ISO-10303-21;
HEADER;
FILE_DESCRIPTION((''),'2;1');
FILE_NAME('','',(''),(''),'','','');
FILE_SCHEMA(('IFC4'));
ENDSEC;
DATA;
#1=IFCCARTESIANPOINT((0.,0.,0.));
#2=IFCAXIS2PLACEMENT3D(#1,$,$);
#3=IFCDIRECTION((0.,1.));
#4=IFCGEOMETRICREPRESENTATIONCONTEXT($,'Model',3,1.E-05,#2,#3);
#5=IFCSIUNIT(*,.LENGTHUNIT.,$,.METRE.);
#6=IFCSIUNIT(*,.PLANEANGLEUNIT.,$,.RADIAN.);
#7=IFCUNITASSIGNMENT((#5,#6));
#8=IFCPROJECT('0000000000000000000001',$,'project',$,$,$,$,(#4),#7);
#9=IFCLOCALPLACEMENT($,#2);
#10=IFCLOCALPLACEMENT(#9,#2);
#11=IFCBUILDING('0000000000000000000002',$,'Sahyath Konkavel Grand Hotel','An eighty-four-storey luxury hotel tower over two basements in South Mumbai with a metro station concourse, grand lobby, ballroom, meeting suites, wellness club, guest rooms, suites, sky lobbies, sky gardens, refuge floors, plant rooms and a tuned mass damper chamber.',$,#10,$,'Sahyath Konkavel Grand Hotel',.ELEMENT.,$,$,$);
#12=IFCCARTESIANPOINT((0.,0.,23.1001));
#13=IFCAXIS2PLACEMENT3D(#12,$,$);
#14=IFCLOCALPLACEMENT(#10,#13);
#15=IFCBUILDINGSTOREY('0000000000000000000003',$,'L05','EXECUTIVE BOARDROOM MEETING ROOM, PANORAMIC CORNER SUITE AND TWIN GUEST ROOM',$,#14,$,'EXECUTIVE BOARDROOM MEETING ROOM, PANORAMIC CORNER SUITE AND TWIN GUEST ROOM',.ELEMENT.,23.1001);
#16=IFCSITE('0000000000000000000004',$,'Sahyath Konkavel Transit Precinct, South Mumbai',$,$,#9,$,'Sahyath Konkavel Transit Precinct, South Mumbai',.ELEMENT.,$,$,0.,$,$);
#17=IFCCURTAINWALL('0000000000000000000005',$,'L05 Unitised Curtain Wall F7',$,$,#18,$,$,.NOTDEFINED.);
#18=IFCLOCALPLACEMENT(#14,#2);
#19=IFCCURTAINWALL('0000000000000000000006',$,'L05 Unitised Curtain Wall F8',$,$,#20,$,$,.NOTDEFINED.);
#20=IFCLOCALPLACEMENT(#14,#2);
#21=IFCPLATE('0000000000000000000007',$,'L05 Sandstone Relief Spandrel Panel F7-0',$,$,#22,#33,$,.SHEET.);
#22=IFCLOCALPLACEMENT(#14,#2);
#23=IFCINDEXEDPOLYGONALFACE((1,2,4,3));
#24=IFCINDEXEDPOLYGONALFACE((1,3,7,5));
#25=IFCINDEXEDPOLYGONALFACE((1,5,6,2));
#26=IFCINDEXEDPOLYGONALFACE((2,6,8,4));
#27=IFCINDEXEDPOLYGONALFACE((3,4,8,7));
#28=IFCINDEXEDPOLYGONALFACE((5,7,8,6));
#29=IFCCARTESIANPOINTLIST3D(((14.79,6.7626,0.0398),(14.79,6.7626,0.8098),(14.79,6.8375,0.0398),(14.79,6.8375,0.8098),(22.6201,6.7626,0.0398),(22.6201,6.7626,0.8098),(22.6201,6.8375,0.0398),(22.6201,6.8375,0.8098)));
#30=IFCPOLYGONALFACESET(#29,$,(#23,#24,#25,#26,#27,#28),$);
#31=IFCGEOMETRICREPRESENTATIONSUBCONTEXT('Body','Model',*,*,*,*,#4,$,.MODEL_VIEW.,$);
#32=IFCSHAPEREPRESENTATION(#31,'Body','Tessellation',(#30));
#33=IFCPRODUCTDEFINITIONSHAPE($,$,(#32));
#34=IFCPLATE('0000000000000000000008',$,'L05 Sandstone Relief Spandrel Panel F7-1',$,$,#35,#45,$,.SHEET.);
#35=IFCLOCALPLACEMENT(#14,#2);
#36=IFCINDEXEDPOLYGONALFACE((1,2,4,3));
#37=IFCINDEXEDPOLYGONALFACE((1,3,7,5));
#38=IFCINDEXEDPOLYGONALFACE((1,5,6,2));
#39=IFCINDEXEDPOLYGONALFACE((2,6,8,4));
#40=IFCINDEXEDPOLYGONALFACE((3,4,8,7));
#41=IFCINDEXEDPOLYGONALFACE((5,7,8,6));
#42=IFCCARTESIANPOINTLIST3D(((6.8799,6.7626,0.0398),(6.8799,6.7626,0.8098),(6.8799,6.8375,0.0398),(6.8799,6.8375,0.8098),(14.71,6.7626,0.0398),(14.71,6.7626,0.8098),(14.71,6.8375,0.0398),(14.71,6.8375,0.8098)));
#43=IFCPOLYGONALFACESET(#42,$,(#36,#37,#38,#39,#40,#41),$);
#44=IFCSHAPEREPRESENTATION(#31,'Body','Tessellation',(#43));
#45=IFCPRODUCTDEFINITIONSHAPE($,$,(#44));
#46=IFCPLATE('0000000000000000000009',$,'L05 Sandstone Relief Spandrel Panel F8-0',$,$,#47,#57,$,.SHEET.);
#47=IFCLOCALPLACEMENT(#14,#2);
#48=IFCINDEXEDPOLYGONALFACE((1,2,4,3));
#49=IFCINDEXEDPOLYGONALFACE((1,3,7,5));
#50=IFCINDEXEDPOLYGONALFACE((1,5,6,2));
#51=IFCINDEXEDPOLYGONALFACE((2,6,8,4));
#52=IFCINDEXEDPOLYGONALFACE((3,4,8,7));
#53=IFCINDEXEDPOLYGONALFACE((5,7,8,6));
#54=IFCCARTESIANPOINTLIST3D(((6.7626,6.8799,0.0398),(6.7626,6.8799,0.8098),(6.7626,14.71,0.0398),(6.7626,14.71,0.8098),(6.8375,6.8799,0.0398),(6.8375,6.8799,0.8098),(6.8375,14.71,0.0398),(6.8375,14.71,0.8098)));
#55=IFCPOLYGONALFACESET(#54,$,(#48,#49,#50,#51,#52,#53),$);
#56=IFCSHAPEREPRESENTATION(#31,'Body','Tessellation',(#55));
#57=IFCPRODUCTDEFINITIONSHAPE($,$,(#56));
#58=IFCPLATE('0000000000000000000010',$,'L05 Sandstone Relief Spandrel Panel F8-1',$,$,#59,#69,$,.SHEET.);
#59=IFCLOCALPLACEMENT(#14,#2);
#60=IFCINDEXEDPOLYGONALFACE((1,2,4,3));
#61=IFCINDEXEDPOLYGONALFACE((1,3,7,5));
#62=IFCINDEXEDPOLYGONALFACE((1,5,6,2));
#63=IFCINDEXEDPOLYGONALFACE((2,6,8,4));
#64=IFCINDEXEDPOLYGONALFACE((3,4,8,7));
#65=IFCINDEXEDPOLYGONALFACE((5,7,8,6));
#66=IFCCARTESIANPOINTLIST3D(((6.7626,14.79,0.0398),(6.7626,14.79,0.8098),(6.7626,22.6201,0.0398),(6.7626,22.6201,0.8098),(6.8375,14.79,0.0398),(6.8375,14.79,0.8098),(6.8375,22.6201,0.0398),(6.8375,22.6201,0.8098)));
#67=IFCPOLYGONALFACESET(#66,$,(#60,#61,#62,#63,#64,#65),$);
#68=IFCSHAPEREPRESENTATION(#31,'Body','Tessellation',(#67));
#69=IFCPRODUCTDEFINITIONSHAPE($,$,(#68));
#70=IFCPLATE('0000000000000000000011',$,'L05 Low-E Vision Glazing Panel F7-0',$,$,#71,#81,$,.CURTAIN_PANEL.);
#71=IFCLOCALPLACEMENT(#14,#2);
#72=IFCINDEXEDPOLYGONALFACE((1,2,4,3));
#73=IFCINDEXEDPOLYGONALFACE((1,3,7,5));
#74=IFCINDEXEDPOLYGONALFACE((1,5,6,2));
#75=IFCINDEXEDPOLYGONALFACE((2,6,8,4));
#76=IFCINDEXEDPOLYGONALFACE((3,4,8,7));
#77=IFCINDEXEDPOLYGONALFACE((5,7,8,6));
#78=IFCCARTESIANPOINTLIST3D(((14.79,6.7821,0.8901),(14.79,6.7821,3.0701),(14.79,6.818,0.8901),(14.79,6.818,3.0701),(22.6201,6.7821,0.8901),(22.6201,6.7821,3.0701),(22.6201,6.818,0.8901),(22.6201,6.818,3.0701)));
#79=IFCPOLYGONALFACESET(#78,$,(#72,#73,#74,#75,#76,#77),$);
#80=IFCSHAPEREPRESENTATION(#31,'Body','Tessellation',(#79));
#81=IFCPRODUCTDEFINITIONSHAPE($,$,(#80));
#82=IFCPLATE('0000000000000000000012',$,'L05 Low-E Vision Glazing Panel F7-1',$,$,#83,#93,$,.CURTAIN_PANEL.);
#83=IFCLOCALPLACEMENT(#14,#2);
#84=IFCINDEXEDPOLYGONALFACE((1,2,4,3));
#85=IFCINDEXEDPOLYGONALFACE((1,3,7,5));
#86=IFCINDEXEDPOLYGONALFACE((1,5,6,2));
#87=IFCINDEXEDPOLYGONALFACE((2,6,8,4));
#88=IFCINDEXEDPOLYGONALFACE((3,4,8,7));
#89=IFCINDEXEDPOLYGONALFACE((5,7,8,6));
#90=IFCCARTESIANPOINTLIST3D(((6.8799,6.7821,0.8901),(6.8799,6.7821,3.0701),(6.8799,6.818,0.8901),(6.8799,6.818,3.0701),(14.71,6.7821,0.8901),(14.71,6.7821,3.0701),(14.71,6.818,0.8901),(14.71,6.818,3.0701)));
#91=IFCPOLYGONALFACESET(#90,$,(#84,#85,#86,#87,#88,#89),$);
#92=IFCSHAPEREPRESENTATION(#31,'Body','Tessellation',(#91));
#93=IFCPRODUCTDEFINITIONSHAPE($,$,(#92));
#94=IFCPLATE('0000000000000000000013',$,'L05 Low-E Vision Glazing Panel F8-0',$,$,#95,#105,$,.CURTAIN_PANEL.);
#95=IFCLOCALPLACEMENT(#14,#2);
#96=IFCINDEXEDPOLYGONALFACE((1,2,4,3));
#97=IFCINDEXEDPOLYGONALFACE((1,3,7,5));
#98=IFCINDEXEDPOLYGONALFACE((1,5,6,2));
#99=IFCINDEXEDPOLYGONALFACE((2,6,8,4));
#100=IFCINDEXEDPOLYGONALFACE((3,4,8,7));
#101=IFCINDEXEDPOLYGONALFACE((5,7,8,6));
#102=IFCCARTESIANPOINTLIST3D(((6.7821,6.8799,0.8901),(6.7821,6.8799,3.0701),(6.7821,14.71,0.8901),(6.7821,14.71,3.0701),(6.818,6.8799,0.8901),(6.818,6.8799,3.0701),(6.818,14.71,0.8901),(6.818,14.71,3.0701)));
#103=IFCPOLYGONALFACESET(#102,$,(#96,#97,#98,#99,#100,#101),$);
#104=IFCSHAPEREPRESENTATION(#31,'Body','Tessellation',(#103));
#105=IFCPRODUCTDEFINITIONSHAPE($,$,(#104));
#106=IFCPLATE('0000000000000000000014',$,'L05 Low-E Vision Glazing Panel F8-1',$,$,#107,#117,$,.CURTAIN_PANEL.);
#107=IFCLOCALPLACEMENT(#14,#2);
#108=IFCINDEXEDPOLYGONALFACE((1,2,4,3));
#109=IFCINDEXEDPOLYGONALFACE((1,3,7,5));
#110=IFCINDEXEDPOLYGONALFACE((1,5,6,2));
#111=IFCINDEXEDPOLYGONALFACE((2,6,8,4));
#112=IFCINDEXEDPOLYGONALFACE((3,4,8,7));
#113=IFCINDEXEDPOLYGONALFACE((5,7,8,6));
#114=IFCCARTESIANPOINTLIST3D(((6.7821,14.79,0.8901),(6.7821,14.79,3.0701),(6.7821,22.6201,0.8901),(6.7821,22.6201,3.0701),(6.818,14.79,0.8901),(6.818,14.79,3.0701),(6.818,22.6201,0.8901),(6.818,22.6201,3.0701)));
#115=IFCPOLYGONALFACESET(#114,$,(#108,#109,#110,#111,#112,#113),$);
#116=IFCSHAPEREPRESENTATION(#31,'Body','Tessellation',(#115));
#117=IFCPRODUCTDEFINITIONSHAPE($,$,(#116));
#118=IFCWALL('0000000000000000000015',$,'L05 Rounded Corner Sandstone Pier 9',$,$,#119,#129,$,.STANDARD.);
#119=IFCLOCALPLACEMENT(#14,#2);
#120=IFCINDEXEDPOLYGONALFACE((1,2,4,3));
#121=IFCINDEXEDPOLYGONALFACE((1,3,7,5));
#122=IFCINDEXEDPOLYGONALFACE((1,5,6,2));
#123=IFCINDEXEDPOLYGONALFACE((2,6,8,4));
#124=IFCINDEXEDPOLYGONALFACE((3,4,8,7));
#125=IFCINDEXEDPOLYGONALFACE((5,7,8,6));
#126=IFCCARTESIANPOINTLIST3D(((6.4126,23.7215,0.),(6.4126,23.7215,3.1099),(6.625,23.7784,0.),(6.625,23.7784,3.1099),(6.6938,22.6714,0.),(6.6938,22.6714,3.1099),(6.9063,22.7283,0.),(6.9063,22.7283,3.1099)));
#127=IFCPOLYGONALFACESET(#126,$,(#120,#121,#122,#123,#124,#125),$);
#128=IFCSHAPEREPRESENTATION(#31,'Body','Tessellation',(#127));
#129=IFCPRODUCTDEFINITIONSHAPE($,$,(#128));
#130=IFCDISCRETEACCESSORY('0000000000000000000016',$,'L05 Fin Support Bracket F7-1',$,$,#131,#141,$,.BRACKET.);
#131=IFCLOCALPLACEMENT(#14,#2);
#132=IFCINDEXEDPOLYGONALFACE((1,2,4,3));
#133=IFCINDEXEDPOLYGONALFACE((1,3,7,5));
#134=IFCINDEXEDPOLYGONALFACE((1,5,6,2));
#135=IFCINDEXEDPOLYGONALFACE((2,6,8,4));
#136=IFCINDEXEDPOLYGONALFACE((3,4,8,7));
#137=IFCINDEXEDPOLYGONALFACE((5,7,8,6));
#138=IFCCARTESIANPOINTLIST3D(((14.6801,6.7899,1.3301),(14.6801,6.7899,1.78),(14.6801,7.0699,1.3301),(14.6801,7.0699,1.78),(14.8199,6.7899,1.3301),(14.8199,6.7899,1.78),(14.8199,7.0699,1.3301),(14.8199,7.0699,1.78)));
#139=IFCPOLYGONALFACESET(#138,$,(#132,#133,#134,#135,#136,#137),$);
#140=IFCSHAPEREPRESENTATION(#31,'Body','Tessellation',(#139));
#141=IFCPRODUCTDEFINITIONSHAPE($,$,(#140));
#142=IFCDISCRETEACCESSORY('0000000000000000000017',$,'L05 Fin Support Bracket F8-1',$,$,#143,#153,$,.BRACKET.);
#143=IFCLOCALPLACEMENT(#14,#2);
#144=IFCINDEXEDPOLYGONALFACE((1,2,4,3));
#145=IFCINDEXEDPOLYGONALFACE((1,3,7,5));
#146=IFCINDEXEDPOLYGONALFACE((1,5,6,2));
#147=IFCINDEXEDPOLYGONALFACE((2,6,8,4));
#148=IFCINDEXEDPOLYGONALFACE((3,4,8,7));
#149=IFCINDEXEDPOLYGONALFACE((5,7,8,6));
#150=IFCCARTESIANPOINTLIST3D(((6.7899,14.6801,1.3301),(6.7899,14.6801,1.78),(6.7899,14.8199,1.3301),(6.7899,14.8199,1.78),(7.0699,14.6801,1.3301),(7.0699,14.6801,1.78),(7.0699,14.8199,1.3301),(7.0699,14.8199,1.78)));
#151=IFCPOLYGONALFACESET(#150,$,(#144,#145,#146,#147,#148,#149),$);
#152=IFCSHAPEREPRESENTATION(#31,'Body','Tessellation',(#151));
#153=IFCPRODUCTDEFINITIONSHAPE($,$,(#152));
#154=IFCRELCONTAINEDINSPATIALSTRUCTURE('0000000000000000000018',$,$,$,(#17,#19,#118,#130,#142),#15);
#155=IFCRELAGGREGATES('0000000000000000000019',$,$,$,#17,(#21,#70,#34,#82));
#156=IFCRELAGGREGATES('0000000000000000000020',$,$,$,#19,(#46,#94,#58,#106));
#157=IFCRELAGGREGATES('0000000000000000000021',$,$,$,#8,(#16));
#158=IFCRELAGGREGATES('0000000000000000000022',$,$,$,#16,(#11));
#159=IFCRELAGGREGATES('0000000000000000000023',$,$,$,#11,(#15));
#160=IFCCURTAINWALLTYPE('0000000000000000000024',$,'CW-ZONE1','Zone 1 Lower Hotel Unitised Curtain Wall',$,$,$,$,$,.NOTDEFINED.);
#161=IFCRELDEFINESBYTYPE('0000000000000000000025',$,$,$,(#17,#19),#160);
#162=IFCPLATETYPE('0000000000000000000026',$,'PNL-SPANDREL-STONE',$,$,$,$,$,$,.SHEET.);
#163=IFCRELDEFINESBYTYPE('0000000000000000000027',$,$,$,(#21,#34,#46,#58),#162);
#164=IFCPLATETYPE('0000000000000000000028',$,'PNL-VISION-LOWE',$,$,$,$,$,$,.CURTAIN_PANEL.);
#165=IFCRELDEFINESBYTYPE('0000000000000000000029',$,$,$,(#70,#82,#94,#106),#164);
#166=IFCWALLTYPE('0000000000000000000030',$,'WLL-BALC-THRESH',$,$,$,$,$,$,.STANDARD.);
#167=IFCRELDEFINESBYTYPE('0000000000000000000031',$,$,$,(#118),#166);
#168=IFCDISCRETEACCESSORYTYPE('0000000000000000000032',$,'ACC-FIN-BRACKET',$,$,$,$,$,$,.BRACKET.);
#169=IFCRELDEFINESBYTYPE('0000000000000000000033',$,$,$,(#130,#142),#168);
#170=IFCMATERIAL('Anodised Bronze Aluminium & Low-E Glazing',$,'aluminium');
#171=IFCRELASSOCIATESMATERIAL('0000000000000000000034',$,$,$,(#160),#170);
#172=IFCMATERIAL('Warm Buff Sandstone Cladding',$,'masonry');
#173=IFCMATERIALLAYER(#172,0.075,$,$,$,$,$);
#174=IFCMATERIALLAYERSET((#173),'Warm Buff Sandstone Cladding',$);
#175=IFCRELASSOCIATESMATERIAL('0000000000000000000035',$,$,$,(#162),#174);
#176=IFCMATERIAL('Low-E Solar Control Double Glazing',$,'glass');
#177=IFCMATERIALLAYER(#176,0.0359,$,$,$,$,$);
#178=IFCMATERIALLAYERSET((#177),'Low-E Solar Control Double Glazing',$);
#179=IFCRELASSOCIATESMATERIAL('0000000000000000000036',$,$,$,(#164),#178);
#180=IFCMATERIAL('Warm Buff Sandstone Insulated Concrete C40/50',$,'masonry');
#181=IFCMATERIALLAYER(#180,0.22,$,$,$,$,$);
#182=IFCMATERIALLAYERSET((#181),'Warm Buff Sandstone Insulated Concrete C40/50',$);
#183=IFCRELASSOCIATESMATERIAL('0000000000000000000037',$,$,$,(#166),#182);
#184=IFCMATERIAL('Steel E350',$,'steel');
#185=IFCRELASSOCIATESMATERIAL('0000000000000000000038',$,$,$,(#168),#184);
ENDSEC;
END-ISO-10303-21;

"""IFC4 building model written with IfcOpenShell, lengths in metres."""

from ifc_helpers import new_model, si_unit, direction, frame, frame_2d, origin, origin_2d, place, context, subcontext, project, spatial, rectangle, extrude, source, transform, mapped, material, layer, layer_set, type_object, element, aggregate, save


model = new_model("IFC4")

# Units and contexts
model_context = context("Model", 3, precision=1e-05, world=origin(), true_north=direction((0.0, 1.0)))
body_context = subcontext(model_context, "Body", "Model", "MODEL_VIEW")
ifc_project = project(units=[si_unit("LENGTHUNIT", "METRE"), si_unit("PLANEANGLEUNIT", "RADIAN")], contexts=[model_context])

# Site, building, storey
site_placement = place(None, origin())
site = spatial("IfcSite", under=ifc_project, at=site_placement, Name="Sahyath Konkavel Transit Precinct, South Mumbai", LongName="Sahyath Konkavel Transit Precinct, South Mumbai", CompositionType="ELEMENT", RefElevation=0.0)
building_placement = place(site_placement, origin())
building = spatial("IfcBuilding", under=site, at=building_placement, Name="Sahyath Konkavel Grand Hotel", Description="An eighty-four-storey luxury hotel tower over two basements in South Mumbai with a metro station concourse, grand lobby, ballroom, meeting suites, wellness club, guest rooms, suites, sky lobbies, sky gardens, refuge floors, plant rooms and a tuned mass damper chamber.", LongName="Sahyath Konkavel Grand Hotel", CompositionType="ELEMENT")
storey_placement = place(building_placement, frame((0.0, 0.0, 23.1001)))
storey = spatial("IfcBuildingStorey", under=building, at=storey_placement, Name="L05", Description="EXECUTIVE BOARDROOM MEETING ROOM, PANORAMIC CORNER SUITE AND TWIN GUEST ROOM", LongName="EXECUTIVE BOARDROOM MEETING ROOM, PANORAMIC CORNER SUITE AND TWIN GUEST ROOM", CompositionType="ELEMENT", Elevation=23.1001)

# Curtain walls
ifc_material_1 = material(Name="Anodised Bronze Aluminium & Low-E Glazing", Category="aluminium")
curtain_wall_type = type_object("IfcCurtainWallType", Name="CW-ZONE1", Description="Zone 1 Lower Hotel Unitised Curtain Wall", PredefinedType="NOTDEFINED", material=ifc_material_1)
curtain_wall_1_placement = place(storey_placement, origin())
curtain_wall_1 = element("IfcCurtainWall", 1, at=curtain_wall_1_placement, inside=storey, type_object=curtain_wall_type, Name="L05 Unitised Curtain Wall F7", PredefinedType="NOTDEFINED")
curtain_wall_2_placement = place(storey_placement, origin())
curtain_wall_2 = element("IfcCurtainWall", 2, at=curtain_wall_2_placement, inside=storey, type_object=curtain_wall_type, Name="L05 Unitised Curtain Wall F8", PredefinedType="NOTDEFINED")

# Plates
ifc_material_2 = material(Name="Warm Buff Sandstone Cladding", Category="masonry")
ifc_layer_1 = layer(ifc_material_2, 0.075)
ifc_layer_set_1 = layer_set([ifc_layer_1], Name="Warm Buff Sandstone Cladding")
plate_type_1 = type_object("IfcPlateType", Name="PNL-SPANDREL-STONE", PredefinedType="SHEET", material=ifc_layer_set_1)
shared_shape_1 = source(origin(), body_context, "Body", "SweptSolid", [
    extrude(rectangle(XDim=7.8301, YDim=0.075, at=origin_2d()), origin(), (0.0, 0.0, 1.0), 0.77),
])
plate_1_placement = place(storey_placement, frame((18.7051, 6.8, 0.0398), z_axis=(0.0, 0.0, 1.0), x_axis=(-1.0, 0.0, 0.0)))
plate_1 = element("IfcPlate", 3, at=plate_1_placement, type_object=plate_type_1, Name="L05 Sandstone Relief Spandrel Panel F7-0", PredefinedType="SHEET", context=body_context, shape_type="MappedRepresentation", body=[
    mapped(shared_shape_1, transform((0.0, 0.0, 0.0), scale=1.0)),
])
plate_2_placement = place(storey_placement, frame((10.7949, 6.8, 0.0398), z_axis=(0.0, 0.0, 1.0), x_axis=(-1.0, 0.0, 0.0)))
plate_2 = element("IfcPlate", 4, at=plate_2_placement, type_object=plate_type_1, Name="L05 Sandstone Relief Spandrel Panel F7-1", PredefinedType="SHEET", context=body_context, shape_type="MappedRepresentation", body=[
    mapped(shared_shape_1, transform((0.0, 0.0, 0.0), scale=1.0)),
])
plate_3_placement = place(storey_placement, frame((6.8, 10.7949, 0.0398), z_axis=(0.0, 0.0, 1.0), x_axis=(0.0, 1.0, 0.0)))
plate_3 = element("IfcPlate", 5, at=plate_3_placement, type_object=plate_type_1, Name="L05 Sandstone Relief Spandrel Panel F8-0", PredefinedType="SHEET", context=body_context, shape_type="MappedRepresentation", body=[
    mapped(shared_shape_1, transform((0.0, 0.0, 0.0), scale=1.0)),
])
plate_4_placement = place(storey_placement, frame((6.8, 18.7051, 0.0398), z_axis=(0.0, 0.0, 1.0), x_axis=(0.0, 1.0, 0.0)))
plate_4 = element("IfcPlate", 6, at=plate_4_placement, type_object=plate_type_1, Name="L05 Sandstone Relief Spandrel Panel F8-1", PredefinedType="SHEET", context=body_context, shape_type="MappedRepresentation", body=[
    mapped(shared_shape_1, transform((0.0, 0.0, 0.0), scale=1.0)),
])
ifc_material_3 = material(Name="Low-E Solar Control Double Glazing", Category="glass")
ifc_layer_2 = layer(ifc_material_3, 0.0359)
ifc_layer_set_2 = layer_set([ifc_layer_2], Name="Low-E Solar Control Double Glazing")
plate_type_2 = type_object("IfcPlateType", Name="PNL-VISION-LOWE", PredefinedType="CURTAIN_PANEL", material=ifc_layer_set_2)
shared_shape_2 = source(origin(), body_context, "Body", "SweptSolid", [
    extrude(rectangle(XDim=7.8301, YDim=0.0359, at=origin_2d()), origin(), (0.0, 0.0, 1.0), 2.1799),
])
plate_5_placement = place(storey_placement, frame((18.7051, 6.8, 0.8901), z_axis=(0.0, 0.0, 1.0), x_axis=(-1.0, 0.0, 0.0)))
plate_5 = element("IfcPlate", 7, at=plate_5_placement, type_object=plate_type_2, Name="L05 Low-E Vision Glazing Panel F7-0", PredefinedType="CURTAIN_PANEL", context=body_context, shape_type="MappedRepresentation", body=[
    mapped(shared_shape_2, transform((0.0, 0.0, 0.0), scale=1.0)),
])
plate_6_placement = place(storey_placement, frame((10.7949, 6.8, 0.8901), z_axis=(0.0, 0.0, 1.0), x_axis=(-1.0, 0.0, 0.0)))
plate_6 = element("IfcPlate", 8, at=plate_6_placement, type_object=plate_type_2, Name="L05 Low-E Vision Glazing Panel F7-1", PredefinedType="CURTAIN_PANEL", context=body_context, shape_type="MappedRepresentation", body=[
    mapped(shared_shape_2, transform((0.0, 0.0, 0.0), scale=1.0)),
])
aggregate(curtain_wall_1, [plate_1, plate_5, plate_2, plate_6])
plate_7_placement = place(storey_placement, frame((6.8, 10.7949, 0.8901), z_axis=(0.0, 0.0, 1.0), x_axis=(0.0, 1.0, 0.0)))
plate_7 = element("IfcPlate", 9, at=plate_7_placement, type_object=plate_type_2, Name="L05 Low-E Vision Glazing Panel F8-0", PredefinedType="CURTAIN_PANEL", context=body_context, shape_type="MappedRepresentation", body=[
    mapped(shared_shape_2, transform((0.0, 0.0, 0.0), scale=1.0)),
])
plate_8_placement = place(storey_placement, frame((6.8, 18.7051, 0.8901), z_axis=(0.0, 0.0, 1.0), x_axis=(0.0, 1.0, 0.0)))
plate_8 = element("IfcPlate", 10, at=plate_8_placement, type_object=plate_type_2, Name="L05 Low-E Vision Glazing Panel F8-1", PredefinedType="CURTAIN_PANEL", context=body_context, shape_type="MappedRepresentation", body=[
    mapped(shared_shape_2, transform((0.0, 0.0, 0.0), scale=1.0)),
])
aggregate(curtain_wall_2, [plate_3, plate_7, plate_4, plate_8])

# Wall
ifc_material_4 = material(Name="Warm Buff Sandstone Insulated Concrete C40/50", Category="masonry")
ifc_layer_3 = layer(ifc_material_4, 0.22)
ifc_layer_set_3 = layer_set([ifc_layer_3], Name="Warm Buff Sandstone Insulated Concrete C40/50")
wall_type = type_object("IfcWallType", Name="WLL-BALC-THRESH", PredefinedType="STANDARD", material=ifc_layer_set_3)
wall_placement = place(storey_placement, frame((6.8, 22.7, 0.0), z_axis=(0.0, 0.0, 1.0), x_axis=(-0.258725, 0.965951, 0.0)))
element("IfcWall", 11, at=wall_placement, inside=storey, type_object=wall_type, Name="L05 Rounded Corner Sandstone Pier 9", PredefinedType="STANDARD", context=body_context, shape_type="SweptSolid", body=[
    extrude(rectangle(XDim=1.0872, YDim=0.22, at=frame_2d((0.5435, 0.0))), origin(), (0.0, 0.0, 1.0), 3.1099),
])

# Discrete accessories
ifc_material_5 = material(Name="Steel E350", Category="steel")
discrete_accessory_type = type_object("IfcDiscreteAccessoryType", Name="ACC-FIN-BRACKET", PredefinedType="BRACKET", material=ifc_material_5)
shared_shape_3 = source(origin(), body_context, "Body", "SweptSolid", [
    extrude(rectangle(XDim=0.28, YDim=0.1399, at=origin_2d()), origin(), (0.0, 0.0, 1.0), 0.45),
])
for number, where, z_axis, x_axis, name in (
    (12, (14.75, 6.9299, 1.3301), (0.0, 0.0, 1.0), (0.0, 1.0, 0.0), "L05 Fin Support Bracket F7-1"),
    (13, (6.9299, 14.75, 1.3301), (0.0, 0.0, 1.0), (1.0, 0.0, 0.0), "L05 Fin Support Bracket F8-1"),
):
    element("IfcDiscreteAccessory", number, at=place(storey_placement, frame(where, z_axis=z_axis, x_axis=x_axis)), inside=storey, type_object=discrete_accessory_type, Name=name, PredefinedType="BRACKET", context=body_context, shape_type="MappedRepresentation", body=[
        mapped(shared_shape_3, transform((0.0, 0.0, 0.0), scale=1.0)),
    ])

save(model, "model.ifc")
